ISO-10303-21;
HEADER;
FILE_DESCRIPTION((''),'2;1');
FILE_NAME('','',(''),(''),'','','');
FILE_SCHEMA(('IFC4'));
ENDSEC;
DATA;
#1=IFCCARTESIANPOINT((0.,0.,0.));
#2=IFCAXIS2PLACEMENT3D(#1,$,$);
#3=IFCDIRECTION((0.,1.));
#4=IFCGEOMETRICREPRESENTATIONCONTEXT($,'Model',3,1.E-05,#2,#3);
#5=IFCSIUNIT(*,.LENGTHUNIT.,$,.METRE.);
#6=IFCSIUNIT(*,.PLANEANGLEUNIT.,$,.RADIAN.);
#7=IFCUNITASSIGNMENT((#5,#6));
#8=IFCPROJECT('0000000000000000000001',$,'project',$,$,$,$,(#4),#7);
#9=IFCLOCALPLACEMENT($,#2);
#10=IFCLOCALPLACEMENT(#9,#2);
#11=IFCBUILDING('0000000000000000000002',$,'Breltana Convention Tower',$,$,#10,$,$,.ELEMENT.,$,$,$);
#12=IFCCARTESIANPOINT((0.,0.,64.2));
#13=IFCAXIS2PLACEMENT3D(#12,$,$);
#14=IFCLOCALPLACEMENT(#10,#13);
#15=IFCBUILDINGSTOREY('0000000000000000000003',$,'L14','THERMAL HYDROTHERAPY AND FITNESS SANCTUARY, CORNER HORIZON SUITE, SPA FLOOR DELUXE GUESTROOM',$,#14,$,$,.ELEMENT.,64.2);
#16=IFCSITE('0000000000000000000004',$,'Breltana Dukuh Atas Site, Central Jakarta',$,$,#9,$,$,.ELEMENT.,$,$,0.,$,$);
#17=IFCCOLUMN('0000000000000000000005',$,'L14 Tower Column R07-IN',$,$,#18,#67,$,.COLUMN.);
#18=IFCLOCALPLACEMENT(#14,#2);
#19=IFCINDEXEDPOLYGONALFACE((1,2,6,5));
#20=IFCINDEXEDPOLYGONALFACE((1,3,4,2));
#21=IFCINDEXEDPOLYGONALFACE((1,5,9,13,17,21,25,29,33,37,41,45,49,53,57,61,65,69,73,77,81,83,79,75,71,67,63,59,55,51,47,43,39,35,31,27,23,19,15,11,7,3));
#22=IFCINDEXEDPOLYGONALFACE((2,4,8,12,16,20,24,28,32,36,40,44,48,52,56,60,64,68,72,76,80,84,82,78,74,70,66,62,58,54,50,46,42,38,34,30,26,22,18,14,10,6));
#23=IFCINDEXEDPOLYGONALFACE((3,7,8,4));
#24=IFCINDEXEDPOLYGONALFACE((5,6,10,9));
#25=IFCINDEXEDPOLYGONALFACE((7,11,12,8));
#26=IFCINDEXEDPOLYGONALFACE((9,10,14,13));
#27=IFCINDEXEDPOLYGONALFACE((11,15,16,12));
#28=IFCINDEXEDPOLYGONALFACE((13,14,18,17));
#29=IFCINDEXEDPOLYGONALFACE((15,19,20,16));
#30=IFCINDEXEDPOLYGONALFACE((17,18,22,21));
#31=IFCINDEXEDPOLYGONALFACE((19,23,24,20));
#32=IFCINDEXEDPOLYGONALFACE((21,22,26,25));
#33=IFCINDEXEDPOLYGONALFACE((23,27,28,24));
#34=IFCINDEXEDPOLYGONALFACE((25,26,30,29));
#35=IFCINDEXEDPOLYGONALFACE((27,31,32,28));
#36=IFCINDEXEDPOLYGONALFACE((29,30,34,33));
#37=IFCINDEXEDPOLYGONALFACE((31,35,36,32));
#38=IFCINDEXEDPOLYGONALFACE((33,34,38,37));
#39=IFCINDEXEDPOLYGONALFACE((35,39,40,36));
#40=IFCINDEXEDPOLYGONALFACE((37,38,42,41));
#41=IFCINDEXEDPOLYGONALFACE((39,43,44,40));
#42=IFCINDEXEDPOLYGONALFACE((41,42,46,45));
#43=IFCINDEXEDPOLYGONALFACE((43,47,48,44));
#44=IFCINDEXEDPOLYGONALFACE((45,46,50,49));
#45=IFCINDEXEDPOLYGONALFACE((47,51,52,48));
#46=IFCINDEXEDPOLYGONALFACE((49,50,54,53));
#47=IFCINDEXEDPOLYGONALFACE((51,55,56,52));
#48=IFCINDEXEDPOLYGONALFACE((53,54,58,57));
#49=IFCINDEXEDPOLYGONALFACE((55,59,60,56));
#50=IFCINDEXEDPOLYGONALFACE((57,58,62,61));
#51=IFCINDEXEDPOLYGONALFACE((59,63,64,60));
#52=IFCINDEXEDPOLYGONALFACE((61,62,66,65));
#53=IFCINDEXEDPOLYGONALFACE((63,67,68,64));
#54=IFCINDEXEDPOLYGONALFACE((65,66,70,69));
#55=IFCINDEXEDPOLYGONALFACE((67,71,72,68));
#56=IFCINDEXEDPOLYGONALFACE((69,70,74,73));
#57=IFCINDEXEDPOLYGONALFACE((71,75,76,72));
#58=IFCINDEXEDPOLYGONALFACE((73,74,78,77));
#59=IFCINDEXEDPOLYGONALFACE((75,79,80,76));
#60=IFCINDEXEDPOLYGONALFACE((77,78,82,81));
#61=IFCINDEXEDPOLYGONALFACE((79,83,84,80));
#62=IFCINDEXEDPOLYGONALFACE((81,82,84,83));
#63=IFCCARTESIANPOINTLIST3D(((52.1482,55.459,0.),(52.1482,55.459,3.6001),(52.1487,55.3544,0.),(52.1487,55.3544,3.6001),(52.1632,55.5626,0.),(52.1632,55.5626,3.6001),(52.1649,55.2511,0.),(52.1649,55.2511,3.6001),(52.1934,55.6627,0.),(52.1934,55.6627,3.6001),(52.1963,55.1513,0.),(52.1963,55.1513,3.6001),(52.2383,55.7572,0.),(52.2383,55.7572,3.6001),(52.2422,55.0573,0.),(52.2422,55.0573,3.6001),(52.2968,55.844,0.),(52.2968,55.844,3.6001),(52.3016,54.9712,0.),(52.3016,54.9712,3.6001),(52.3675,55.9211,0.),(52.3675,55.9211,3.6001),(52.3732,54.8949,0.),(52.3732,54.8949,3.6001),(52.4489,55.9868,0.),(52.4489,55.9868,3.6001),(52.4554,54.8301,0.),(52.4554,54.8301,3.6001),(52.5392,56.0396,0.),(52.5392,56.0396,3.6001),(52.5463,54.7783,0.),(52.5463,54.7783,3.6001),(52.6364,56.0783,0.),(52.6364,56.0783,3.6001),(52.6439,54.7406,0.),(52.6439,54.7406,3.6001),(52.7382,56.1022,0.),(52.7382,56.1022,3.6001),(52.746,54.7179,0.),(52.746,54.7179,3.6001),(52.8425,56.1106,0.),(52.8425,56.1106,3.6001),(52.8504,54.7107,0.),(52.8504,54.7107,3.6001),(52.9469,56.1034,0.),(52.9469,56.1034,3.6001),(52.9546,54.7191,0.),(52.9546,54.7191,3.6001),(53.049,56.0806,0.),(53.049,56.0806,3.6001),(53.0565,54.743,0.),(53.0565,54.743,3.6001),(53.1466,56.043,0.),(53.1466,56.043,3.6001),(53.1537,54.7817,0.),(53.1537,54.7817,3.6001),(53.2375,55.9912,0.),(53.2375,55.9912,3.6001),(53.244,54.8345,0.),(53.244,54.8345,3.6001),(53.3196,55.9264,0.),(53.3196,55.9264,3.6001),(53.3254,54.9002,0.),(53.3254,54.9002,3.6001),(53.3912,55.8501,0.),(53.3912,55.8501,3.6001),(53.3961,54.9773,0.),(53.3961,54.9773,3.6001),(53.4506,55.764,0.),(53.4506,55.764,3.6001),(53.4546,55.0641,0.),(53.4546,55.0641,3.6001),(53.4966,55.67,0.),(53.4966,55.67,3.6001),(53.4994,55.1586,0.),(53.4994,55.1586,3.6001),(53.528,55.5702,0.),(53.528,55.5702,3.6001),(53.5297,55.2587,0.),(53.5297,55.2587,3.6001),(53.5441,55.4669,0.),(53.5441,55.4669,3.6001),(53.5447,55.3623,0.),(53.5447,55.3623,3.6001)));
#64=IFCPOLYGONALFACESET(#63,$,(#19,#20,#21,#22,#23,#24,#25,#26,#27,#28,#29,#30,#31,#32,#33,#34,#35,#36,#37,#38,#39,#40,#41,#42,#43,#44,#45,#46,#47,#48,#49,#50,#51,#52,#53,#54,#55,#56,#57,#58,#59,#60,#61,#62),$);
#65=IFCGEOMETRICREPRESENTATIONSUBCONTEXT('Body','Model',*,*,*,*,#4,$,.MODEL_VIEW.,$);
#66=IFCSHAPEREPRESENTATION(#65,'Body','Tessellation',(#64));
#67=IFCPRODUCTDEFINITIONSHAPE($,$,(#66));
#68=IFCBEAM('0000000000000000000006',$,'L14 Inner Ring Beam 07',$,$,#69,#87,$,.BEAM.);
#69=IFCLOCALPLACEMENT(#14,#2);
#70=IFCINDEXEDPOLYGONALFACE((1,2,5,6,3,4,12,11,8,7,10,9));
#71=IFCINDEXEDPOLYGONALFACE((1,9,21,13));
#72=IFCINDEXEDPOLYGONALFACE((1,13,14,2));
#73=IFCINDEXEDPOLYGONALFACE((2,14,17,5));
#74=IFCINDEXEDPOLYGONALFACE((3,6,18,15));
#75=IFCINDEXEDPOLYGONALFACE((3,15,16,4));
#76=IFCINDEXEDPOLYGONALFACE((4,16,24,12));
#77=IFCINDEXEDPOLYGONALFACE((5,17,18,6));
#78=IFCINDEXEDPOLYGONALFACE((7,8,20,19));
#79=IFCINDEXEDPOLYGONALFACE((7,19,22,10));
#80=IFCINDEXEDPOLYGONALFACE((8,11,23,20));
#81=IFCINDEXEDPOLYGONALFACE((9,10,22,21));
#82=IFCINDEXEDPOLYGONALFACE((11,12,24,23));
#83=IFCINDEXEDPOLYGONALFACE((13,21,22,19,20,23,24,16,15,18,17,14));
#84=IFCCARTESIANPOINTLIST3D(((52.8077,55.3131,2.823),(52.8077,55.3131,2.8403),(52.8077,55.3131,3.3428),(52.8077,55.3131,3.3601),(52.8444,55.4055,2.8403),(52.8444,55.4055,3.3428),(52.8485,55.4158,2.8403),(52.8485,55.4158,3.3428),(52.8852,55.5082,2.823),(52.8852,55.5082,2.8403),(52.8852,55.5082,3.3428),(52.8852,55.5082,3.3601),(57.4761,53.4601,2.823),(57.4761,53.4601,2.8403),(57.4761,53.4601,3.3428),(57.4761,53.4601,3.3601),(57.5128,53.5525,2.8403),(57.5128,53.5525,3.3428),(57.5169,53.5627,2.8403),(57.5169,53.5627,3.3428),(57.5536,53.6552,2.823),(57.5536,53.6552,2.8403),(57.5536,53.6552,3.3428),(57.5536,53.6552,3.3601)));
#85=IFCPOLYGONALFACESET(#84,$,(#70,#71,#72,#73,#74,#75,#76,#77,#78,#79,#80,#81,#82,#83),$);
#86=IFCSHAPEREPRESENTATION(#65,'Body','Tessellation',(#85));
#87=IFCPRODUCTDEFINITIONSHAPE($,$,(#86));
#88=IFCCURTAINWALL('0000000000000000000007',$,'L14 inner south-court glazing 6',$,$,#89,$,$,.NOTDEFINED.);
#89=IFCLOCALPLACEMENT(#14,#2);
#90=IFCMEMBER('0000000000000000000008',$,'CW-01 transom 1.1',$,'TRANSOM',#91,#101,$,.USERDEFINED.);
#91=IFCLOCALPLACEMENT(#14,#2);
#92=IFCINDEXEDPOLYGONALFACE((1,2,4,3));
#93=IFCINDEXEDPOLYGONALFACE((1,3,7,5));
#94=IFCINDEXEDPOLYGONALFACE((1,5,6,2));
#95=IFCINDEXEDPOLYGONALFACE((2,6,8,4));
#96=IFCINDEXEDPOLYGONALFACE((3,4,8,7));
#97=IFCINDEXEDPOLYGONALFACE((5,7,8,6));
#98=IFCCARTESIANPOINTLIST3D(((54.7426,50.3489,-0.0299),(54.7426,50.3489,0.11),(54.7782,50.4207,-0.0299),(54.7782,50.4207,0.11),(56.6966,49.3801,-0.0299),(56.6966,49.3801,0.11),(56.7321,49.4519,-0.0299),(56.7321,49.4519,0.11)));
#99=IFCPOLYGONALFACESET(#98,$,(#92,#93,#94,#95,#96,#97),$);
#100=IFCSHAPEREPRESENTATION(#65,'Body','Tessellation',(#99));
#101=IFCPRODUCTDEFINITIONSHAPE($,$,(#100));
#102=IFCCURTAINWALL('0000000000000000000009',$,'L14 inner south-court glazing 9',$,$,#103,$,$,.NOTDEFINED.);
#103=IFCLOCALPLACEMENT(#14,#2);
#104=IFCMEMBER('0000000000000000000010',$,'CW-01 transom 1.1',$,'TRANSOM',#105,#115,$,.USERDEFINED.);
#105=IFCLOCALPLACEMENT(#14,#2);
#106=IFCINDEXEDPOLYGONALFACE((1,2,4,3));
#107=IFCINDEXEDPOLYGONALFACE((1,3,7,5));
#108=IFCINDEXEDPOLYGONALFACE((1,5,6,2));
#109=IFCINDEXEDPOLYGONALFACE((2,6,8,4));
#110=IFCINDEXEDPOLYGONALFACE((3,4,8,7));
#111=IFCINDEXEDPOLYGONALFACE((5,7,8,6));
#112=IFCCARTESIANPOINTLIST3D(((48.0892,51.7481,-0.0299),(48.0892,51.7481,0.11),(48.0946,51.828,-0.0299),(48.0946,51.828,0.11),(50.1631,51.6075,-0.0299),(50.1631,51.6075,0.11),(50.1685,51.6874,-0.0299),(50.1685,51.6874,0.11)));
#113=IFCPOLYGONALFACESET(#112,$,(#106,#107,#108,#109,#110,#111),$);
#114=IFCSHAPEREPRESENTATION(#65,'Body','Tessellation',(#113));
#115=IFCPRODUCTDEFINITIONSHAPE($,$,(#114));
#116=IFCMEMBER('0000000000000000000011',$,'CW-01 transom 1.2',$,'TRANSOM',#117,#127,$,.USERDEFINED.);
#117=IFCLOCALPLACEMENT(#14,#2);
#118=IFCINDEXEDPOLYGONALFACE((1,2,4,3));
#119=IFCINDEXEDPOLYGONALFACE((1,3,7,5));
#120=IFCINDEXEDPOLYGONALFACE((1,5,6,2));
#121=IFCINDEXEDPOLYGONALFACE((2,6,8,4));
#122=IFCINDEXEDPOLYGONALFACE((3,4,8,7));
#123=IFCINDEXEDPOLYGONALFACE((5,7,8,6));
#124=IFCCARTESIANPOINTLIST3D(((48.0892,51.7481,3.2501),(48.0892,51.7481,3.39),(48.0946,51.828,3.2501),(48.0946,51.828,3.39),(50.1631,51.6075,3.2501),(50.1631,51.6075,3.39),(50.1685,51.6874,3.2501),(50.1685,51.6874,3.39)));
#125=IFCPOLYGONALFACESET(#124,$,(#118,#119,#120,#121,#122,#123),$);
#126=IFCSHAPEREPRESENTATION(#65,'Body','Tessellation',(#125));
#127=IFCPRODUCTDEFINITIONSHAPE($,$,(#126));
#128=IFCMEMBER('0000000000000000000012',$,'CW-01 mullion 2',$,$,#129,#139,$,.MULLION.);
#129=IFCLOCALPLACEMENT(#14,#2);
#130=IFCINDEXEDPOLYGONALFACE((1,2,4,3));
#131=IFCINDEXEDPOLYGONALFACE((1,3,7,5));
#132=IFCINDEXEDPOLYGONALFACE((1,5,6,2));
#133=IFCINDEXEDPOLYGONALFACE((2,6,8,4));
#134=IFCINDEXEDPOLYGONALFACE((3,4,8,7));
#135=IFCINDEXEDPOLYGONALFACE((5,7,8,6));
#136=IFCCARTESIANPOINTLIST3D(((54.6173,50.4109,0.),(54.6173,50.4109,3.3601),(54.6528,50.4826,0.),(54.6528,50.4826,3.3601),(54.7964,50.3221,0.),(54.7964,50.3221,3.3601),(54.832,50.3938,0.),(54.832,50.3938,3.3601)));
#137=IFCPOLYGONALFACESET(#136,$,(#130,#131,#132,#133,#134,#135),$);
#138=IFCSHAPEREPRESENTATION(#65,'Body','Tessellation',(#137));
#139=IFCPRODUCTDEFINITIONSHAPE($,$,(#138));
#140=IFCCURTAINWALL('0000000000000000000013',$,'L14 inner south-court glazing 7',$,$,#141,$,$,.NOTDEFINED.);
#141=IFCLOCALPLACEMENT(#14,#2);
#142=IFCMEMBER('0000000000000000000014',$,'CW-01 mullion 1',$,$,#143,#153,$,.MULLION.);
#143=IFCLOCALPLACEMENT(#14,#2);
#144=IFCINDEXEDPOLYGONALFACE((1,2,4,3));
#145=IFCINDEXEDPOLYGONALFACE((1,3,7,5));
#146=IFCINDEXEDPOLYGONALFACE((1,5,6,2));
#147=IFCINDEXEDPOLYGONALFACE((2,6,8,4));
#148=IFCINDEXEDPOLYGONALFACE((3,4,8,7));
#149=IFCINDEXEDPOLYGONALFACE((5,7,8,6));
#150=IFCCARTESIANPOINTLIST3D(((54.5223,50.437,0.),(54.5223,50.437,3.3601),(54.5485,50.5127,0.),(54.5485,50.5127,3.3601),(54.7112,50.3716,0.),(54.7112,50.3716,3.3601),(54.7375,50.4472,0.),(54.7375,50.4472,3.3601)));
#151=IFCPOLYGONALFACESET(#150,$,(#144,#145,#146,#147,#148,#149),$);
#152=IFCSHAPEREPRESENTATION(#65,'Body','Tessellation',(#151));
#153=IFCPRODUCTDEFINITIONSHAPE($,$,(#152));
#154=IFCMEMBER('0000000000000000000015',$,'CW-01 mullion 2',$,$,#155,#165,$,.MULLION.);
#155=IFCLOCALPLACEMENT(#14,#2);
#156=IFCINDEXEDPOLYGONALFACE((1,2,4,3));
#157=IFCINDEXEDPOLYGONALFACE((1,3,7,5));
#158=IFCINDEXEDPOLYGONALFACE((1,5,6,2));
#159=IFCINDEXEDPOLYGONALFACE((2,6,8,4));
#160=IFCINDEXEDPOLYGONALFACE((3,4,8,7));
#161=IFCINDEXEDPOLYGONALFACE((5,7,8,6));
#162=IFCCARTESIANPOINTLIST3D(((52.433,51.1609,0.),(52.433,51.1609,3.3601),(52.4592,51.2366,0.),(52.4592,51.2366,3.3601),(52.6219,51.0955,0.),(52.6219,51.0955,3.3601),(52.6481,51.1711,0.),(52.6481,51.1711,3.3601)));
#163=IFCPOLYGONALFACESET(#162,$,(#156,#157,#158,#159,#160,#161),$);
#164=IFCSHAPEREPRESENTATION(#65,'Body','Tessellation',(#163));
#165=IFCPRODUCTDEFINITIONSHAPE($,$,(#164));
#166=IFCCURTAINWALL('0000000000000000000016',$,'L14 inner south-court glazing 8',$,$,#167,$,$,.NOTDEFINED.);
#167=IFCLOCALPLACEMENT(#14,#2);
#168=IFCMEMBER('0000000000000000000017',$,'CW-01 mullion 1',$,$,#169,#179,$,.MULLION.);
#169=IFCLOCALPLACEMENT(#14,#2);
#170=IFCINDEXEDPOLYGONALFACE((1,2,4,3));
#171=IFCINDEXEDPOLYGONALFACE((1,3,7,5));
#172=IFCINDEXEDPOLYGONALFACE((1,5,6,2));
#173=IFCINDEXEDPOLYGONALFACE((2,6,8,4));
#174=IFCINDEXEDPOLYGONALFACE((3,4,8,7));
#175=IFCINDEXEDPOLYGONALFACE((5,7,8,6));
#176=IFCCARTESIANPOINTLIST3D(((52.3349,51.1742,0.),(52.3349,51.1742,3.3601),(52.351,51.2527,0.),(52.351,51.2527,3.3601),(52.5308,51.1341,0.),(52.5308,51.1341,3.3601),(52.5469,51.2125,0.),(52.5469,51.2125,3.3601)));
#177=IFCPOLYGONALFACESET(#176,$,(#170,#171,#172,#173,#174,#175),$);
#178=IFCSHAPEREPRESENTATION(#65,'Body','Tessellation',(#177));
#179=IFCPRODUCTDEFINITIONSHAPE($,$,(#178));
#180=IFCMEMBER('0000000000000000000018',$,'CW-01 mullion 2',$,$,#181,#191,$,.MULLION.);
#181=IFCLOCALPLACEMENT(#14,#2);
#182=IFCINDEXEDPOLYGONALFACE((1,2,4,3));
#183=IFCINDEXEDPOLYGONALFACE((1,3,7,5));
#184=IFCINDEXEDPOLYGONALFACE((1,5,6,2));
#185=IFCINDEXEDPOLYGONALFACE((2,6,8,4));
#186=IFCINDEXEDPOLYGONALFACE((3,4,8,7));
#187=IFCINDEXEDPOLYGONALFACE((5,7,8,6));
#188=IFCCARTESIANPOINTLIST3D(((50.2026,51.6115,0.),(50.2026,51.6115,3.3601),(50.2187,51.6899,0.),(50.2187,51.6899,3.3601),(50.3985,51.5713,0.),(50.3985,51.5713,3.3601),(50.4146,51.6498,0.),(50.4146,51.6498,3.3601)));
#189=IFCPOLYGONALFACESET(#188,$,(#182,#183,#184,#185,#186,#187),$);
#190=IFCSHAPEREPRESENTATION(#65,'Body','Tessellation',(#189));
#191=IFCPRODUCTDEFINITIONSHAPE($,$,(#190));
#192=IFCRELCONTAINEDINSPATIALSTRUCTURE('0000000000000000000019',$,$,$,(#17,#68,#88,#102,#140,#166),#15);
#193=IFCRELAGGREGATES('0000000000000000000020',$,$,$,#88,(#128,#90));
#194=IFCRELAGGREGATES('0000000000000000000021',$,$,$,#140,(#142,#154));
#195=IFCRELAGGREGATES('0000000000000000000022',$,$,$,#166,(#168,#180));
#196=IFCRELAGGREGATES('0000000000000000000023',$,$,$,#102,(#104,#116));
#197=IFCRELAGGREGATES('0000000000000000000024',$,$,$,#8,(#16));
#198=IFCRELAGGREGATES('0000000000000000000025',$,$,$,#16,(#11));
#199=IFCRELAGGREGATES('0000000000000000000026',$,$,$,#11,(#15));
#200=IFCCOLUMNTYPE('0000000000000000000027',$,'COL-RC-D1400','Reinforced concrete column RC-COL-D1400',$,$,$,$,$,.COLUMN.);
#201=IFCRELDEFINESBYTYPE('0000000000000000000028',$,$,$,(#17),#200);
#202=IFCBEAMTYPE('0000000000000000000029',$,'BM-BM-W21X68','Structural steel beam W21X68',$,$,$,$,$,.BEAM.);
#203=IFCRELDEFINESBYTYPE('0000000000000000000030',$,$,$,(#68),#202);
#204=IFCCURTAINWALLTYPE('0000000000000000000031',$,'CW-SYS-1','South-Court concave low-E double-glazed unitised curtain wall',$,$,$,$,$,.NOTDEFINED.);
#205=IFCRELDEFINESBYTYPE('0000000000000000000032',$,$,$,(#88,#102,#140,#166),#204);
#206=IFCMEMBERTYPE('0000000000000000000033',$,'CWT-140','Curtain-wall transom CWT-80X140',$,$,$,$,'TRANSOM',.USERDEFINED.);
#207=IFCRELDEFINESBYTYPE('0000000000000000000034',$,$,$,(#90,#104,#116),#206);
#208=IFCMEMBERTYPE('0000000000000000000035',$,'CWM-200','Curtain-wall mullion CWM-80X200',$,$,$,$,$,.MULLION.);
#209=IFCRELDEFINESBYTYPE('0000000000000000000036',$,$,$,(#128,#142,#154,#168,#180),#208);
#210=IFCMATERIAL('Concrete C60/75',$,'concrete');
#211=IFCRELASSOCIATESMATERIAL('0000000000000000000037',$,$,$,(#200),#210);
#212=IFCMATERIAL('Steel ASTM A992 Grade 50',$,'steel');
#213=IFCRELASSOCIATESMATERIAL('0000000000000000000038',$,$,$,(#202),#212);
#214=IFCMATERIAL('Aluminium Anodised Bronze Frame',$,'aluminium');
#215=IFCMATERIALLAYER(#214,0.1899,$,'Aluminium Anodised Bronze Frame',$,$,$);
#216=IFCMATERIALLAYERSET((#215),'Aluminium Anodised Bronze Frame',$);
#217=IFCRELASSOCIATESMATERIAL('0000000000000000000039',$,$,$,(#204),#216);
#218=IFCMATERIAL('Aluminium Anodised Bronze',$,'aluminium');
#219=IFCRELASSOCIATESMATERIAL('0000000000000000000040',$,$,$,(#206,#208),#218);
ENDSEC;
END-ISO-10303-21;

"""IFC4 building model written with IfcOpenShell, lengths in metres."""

from ifc_helpers import new_model, si_unit, direction, frame, origin, origin_2d, place, context, subcontext, project, spatial, rectangle, circle, i_section, extrude, source, transform, mapped, material, layer, layer_set, material_profile, profile_set, type_object, element, aggregate, save


model = new_model("IFC4")

# Units and contexts
model_context = context("Model", 3, precision=1e-05, world=origin(), true_north=direction((0.0, 1.0)))
body_context = subcontext(model_context, "Body", "Model", "MODEL_VIEW")
ifc_project = project(units=[si_unit("LENGTHUNIT", "METRE"), si_unit("PLANEANGLEUNIT", "RADIAN")], contexts=[model_context])

# Site, building, storey
site_placement = place(None, origin())
site = spatial("IfcSite", under=ifc_project, at=site_placement, Name="Breltana Dukuh Atas Site, Central Jakarta", CompositionType="ELEMENT", RefElevation=0.0)
building_placement = place(site_placement, origin())
building = spatial("IfcBuilding", under=site, at=building_placement, Name="Breltana Convention Tower", CompositionType="ELEMENT")
storey_placement = place(building_placement, frame((0.0, 0.0, 64.2)))
storey = spatial("IfcBuildingStorey", under=building, at=storey_placement, Name="L14", Description="THERMAL HYDROTHERAPY AND FITNESS SANCTUARY, CORNER HORIZON SUITE, SPA FLOOR DELUXE GUESTROOM", CompositionType="ELEMENT", Elevation=64.2)

# Column
ifc_material_1 = material(Name="Concrete C60/75", Category="concrete")
ifc_material_profile_1 = material_profile(ifc_material_1, circle(Radius=0.7, at=origin_2d()), Name="RC-COL-D1400")
ifc_profile_set_1 = profile_set([ifc_material_profile_1], Name="Concrete C60/75")
column_type = type_object("IfcColumnType", Name="COL-RC-D1400", Description="Reinforced concrete column RC-COL-D1400", PredefinedType="COLUMN", material=ifc_profile_set_1)
shared_shape_1 = source(origin(), body_context, "Body", "SweptSolid", [
    extrude(circle(Radius=0.7, at=origin_2d()), origin(), (0.0, 0.0, 1.0), 3.6001),
])
column_placement = place(storey_placement, frame((52.8464, 55.4106, 0.0), z_axis=(0.0, 0.0, 1.0), x_axis=(0.143493, 0.989651, 0.0)))
element("IfcColumn", 1, at=column_placement, inside=storey, type_object=column_type, Name="L14 Tower Column R07-IN", PredefinedType="COLUMN", context=body_context, shape_type="MappedRepresentation", body=[
    mapped(shared_shape_1, transform((0.0, 0.0, 0.0), scale=1.0)),
])

# Beam
ifc_material_2 = material(Name="Steel ASTM A992 Grade 50", Category="steel")
ifc_material_profile_2 = material_profile(ifc_material_2, i_section(OverallWidth=0.21, OverallDepth=0.5371, WebThickness=0.011, FlangeThickness=0.0173, at=origin_2d()), Name="W21X68")
ifc_profile_set_2 = profile_set([ifc_material_profile_2], Name="Steel ASTM A992 Grade 50")
beam_type = type_object("IfcBeamType", Name="BM-BM-W21X68", Description="Structural steel beam W21X68", PredefinedType="BEAM", material=ifc_profile_set_2)
shared_shape_2 = source(origin(), body_context, "Body", "SweptSolid", [
    extrude(i_section(OverallWidth=0.21, OverallDepth=0.5371, WebThickness=0.011, FlangeThickness=0.0173, at=origin_2d()), origin(), (0.0, 0.0, 1.0), 5.0227),
])
beam_placement = place(storey_placement, frame((52.8464, 55.4106, 3.0916), z_axis=(0.929459, -0.368926, 0.0), x_axis=(0.368926, 0.929459, 0.0)))
element("IfcBeam", 2, at=beam_placement, inside=storey, type_object=beam_type, Name="L14 Inner Ring Beam 07", PredefinedType="BEAM", context=body_context, shape_type="MappedRepresentation", body=[
    mapped(shared_shape_2, transform((0.0, 0.0, 0.0), scale=1.0)),
])

# Curtain wall, member
ifc_material_3 = material(Name="Aluminium Anodised Bronze Frame", Category="aluminium")
ifc_layer_1 = layer(ifc_material_3, 0.1899, Name="Aluminium Anodised Bronze Frame")
ifc_layer_set_1 = layer_set([ifc_layer_1], Name="Aluminium Anodised Bronze Frame")
curtain_wall_type = type_object("IfcCurtainWallType", Name="CW-SYS-1", Description="South-Court concave low-E double-glazed unitised curtain wall", PredefinedType="NOTDEFINED", material=ifc_layer_set_1)
curtain_wall_1_placement = place(storey_placement, origin())
curtain_wall_1 = element("IfcCurtainWall", 3, at=curtain_wall_1_placement, inside=storey, type_object=curtain_wall_type, Name="L14 inner south-court glazing 6", PredefinedType="NOTDEFINED")
ifc_material_4 = material(Name="Aluminium Anodised Bronze", Category="aluminium")
ifc_material_profile_3 = material_profile(ifc_material_4, rectangle(XDim=0.0801, YDim=0.1399, at=origin_2d()), Name="CWT-80X140")
ifc_profile_set_3 = profile_set([ifc_material_profile_3], Name="Aluminium Anodised Bronze")
member_type_1 = type_object("IfcMemberType", Name="CWT-140", Description="Curtain-wall transom CWT-80X140", ElementType="TRANSOM", PredefinedType="USERDEFINED", material=ifc_profile_set_3)
shared_shape_3 = source(origin(), body_context, "Body", "SweptSolid", [
    extrude(rectangle(XDim=0.0801, YDim=0.1399, at=origin_2d()), origin(), (0.0, 0.0, 1.0), 2.1809),
])
member_1_placement = place(storey_placement, frame((56.7144, 49.416, 0.04), z_axis=(-0.895922, 0.444211, 0.0), x_axis=(-0.444211, -0.895922, 0.0)))
member_1 = element("IfcMember", 4, at=member_1_placement, type_object=member_type_1, Name="CW-01 transom 1.1", ObjectType="TRANSOM", PredefinedType="USERDEFINED", context=body_context, shape_type="MappedRepresentation", body=[
    mapped(shared_shape_3, transform((0.0, 0.0, 0.0), scale=1.0)),
])

# Curtain wall, members
curtain_wall_2_placement = place(storey_placement, origin())
curtain_wall_2 = element("IfcCurtainWall", 5, at=curtain_wall_2_placement, inside=storey, type_object=curtain_wall_type, Name="L14 inner south-court glazing 9", PredefinedType="NOTDEFINED")
shared_shape_4 = source(origin(), body_context, "Body", "SweptSolid", [
    extrude(rectangle(XDim=0.0801, YDim=0.1399, at=origin_2d()), origin(), (0.0, 0.0, 1.0), 2.0786),
])
member_2_placement = place(storey_placement, frame((50.1658, 51.6475, 0.04), z_axis=(-0.997709, 0.067657, 0.0), x_axis=(-0.067657, -0.997709, 0.0)))
member_2 = element("IfcMember", 6, at=member_2_placement, type_object=member_type_1, Name="CW-01 transom 1.1", ObjectType="TRANSOM", PredefinedType="USERDEFINED", context=body_context, shape_type="MappedRepresentation", body=[
    mapped(shared_shape_4, transform((0.0, 0.0, 0.0), scale=1.0)),
])
member_3_placement = place(storey_placement, frame((50.1658, 51.6475, 3.3201), z_axis=(-0.997709, 0.067657, 0.0), x_axis=(-0.067657, -0.997709, 0.0)))
member_3 = element("IfcMember", 7, at=member_3_placement, type_object=member_type_1, Name="CW-01 transom 1.2", ObjectType="TRANSOM", PredefinedType="USERDEFINED", context=body_context, shape_type="MappedRepresentation", body=[
    mapped(shared_shape_4, transform((0.0, 0.0, 0.0), scale=1.0)),
])

# Member
ifc_material_profile_4 = material_profile(ifc_material_4, rectangle(XDim=0.0801, YDim=0.2, at=origin_2d()), Name="CWM-80X200")
ifc_profile_set_4 = profile_set([ifc_material_profile_4], Name="Aluminium Anodised Bronze")
member_type_2 = type_object("IfcMemberType", Name="CWM-200", Description="Curtain-wall mullion CWM-80X200", PredefinedType="MULLION", material=ifc_profile_set_4)
shared_shape_5 = source(origin(), body_context, "Body", "SweptSolid", [
    extrude(rectangle(XDim=0.0801, YDim=0.2, at=origin_2d()), origin(), (0.0, 0.0, 1.0), 3.3601),
])
member_4_placement = place(storey_placement, frame((54.7246, 50.4023, 0.0), z_axis=(0.0, 0.0, 1.0), x_axis=(-0.444118, -0.895968, 0.0)))
member_4 = element("IfcMember", 8, at=member_4_placement, type_object=member_type_2, Name="CW-01 mullion 2", PredefinedType="MULLION", context=body_context, shape_type="MappedRepresentation", body=[
    mapped(shared_shape_5, transform((0.0, 0.0, 0.0), scale=1.0)),
])

# Curtain walls, members
curtain_wall_3_placement = place(storey_placement, origin())
curtain_wall_3 = element("IfcCurtainWall", 9, at=curtain_wall_3_placement, inside=storey, type_object=curtain_wall_type, Name="L14 inner south-court glazing 7", PredefinedType="NOTDEFINED")
member_5_placement = place(storey_placement, frame((54.6299, 50.4421, 0.0), z_axis=(0.0, 0.0, 1.0), x_axis=(-0.327413, -0.944881, 0.0)))
member_5 = element("IfcMember", 10, at=member_5_placement, type_object=member_type_2, Name="CW-01 mullion 1", PredefinedType="MULLION", context=body_context, shape_type="MappedRepresentation", body=[
    mapped(shared_shape_5, transform((0.0, 0.0, 0.0), scale=1.0)),
])
member_6_placement = place(storey_placement, frame((52.5405, 51.166, 0.0), z_axis=(0.0, 0.0, 1.0), x_axis=(-0.327413, -0.944881, 0.0)))
member_6 = element("IfcMember", 11, at=member_6_placement, type_object=member_type_2, Name="CW-01 mullion 2", PredefinedType="MULLION", context=body_context, shape_type="MappedRepresentation", body=[
    mapped(shared_shape_5, transform((0.0, 0.0, 0.0), scale=1.0)),
])
curtain_wall_4_placement = place(storey_placement, origin())
curtain_wall_4 = element("IfcCurtainWall", 12, at=curtain_wall_4_placement, inside=storey, type_object=curtain_wall_type, Name="L14 inner south-court glazing 8", PredefinedType="NOTDEFINED")
member_7_placement = place(storey_placement, frame((52.4409, 51.1934, 0.0), z_axis=(0.0, 0.0, 1.0), x_axis=(-0.200886, -0.979615, 0.0)))
member_7 = element("IfcMember", 13, at=member_7_placement, type_object=member_type_2, Name="CW-01 mullion 1", PredefinedType="MULLION", context=body_context, shape_type="MappedRepresentation", body=[
    mapped(shared_shape_5, transform((0.0, 0.0, 0.0), scale=1.0)),
])
member_8_placement = place(storey_placement, frame((50.3086, 51.6306, 0.0), z_axis=(0.0, 0.0, 1.0), x_axis=(-0.200886, -0.979615, 0.0)))
member_8 = element("IfcMember", 14, at=member_8_placement, type_object=member_type_2, Name="CW-01 mullion 2", PredefinedType="MULLION", context=body_context, shape_type="MappedRepresentation", body=[
    mapped(shared_shape_5, transform((0.0, 0.0, 0.0), scale=1.0)),
])

aggregate(curtain_wall_1, [member_4, member_1])
aggregate(curtain_wall_3, [member_5, member_6])
aggregate(curtain_wall_4, [member_7, member_8])
aggregate(curtain_wall_2, [member_2, member_3])

save(model, "model.ifc")
